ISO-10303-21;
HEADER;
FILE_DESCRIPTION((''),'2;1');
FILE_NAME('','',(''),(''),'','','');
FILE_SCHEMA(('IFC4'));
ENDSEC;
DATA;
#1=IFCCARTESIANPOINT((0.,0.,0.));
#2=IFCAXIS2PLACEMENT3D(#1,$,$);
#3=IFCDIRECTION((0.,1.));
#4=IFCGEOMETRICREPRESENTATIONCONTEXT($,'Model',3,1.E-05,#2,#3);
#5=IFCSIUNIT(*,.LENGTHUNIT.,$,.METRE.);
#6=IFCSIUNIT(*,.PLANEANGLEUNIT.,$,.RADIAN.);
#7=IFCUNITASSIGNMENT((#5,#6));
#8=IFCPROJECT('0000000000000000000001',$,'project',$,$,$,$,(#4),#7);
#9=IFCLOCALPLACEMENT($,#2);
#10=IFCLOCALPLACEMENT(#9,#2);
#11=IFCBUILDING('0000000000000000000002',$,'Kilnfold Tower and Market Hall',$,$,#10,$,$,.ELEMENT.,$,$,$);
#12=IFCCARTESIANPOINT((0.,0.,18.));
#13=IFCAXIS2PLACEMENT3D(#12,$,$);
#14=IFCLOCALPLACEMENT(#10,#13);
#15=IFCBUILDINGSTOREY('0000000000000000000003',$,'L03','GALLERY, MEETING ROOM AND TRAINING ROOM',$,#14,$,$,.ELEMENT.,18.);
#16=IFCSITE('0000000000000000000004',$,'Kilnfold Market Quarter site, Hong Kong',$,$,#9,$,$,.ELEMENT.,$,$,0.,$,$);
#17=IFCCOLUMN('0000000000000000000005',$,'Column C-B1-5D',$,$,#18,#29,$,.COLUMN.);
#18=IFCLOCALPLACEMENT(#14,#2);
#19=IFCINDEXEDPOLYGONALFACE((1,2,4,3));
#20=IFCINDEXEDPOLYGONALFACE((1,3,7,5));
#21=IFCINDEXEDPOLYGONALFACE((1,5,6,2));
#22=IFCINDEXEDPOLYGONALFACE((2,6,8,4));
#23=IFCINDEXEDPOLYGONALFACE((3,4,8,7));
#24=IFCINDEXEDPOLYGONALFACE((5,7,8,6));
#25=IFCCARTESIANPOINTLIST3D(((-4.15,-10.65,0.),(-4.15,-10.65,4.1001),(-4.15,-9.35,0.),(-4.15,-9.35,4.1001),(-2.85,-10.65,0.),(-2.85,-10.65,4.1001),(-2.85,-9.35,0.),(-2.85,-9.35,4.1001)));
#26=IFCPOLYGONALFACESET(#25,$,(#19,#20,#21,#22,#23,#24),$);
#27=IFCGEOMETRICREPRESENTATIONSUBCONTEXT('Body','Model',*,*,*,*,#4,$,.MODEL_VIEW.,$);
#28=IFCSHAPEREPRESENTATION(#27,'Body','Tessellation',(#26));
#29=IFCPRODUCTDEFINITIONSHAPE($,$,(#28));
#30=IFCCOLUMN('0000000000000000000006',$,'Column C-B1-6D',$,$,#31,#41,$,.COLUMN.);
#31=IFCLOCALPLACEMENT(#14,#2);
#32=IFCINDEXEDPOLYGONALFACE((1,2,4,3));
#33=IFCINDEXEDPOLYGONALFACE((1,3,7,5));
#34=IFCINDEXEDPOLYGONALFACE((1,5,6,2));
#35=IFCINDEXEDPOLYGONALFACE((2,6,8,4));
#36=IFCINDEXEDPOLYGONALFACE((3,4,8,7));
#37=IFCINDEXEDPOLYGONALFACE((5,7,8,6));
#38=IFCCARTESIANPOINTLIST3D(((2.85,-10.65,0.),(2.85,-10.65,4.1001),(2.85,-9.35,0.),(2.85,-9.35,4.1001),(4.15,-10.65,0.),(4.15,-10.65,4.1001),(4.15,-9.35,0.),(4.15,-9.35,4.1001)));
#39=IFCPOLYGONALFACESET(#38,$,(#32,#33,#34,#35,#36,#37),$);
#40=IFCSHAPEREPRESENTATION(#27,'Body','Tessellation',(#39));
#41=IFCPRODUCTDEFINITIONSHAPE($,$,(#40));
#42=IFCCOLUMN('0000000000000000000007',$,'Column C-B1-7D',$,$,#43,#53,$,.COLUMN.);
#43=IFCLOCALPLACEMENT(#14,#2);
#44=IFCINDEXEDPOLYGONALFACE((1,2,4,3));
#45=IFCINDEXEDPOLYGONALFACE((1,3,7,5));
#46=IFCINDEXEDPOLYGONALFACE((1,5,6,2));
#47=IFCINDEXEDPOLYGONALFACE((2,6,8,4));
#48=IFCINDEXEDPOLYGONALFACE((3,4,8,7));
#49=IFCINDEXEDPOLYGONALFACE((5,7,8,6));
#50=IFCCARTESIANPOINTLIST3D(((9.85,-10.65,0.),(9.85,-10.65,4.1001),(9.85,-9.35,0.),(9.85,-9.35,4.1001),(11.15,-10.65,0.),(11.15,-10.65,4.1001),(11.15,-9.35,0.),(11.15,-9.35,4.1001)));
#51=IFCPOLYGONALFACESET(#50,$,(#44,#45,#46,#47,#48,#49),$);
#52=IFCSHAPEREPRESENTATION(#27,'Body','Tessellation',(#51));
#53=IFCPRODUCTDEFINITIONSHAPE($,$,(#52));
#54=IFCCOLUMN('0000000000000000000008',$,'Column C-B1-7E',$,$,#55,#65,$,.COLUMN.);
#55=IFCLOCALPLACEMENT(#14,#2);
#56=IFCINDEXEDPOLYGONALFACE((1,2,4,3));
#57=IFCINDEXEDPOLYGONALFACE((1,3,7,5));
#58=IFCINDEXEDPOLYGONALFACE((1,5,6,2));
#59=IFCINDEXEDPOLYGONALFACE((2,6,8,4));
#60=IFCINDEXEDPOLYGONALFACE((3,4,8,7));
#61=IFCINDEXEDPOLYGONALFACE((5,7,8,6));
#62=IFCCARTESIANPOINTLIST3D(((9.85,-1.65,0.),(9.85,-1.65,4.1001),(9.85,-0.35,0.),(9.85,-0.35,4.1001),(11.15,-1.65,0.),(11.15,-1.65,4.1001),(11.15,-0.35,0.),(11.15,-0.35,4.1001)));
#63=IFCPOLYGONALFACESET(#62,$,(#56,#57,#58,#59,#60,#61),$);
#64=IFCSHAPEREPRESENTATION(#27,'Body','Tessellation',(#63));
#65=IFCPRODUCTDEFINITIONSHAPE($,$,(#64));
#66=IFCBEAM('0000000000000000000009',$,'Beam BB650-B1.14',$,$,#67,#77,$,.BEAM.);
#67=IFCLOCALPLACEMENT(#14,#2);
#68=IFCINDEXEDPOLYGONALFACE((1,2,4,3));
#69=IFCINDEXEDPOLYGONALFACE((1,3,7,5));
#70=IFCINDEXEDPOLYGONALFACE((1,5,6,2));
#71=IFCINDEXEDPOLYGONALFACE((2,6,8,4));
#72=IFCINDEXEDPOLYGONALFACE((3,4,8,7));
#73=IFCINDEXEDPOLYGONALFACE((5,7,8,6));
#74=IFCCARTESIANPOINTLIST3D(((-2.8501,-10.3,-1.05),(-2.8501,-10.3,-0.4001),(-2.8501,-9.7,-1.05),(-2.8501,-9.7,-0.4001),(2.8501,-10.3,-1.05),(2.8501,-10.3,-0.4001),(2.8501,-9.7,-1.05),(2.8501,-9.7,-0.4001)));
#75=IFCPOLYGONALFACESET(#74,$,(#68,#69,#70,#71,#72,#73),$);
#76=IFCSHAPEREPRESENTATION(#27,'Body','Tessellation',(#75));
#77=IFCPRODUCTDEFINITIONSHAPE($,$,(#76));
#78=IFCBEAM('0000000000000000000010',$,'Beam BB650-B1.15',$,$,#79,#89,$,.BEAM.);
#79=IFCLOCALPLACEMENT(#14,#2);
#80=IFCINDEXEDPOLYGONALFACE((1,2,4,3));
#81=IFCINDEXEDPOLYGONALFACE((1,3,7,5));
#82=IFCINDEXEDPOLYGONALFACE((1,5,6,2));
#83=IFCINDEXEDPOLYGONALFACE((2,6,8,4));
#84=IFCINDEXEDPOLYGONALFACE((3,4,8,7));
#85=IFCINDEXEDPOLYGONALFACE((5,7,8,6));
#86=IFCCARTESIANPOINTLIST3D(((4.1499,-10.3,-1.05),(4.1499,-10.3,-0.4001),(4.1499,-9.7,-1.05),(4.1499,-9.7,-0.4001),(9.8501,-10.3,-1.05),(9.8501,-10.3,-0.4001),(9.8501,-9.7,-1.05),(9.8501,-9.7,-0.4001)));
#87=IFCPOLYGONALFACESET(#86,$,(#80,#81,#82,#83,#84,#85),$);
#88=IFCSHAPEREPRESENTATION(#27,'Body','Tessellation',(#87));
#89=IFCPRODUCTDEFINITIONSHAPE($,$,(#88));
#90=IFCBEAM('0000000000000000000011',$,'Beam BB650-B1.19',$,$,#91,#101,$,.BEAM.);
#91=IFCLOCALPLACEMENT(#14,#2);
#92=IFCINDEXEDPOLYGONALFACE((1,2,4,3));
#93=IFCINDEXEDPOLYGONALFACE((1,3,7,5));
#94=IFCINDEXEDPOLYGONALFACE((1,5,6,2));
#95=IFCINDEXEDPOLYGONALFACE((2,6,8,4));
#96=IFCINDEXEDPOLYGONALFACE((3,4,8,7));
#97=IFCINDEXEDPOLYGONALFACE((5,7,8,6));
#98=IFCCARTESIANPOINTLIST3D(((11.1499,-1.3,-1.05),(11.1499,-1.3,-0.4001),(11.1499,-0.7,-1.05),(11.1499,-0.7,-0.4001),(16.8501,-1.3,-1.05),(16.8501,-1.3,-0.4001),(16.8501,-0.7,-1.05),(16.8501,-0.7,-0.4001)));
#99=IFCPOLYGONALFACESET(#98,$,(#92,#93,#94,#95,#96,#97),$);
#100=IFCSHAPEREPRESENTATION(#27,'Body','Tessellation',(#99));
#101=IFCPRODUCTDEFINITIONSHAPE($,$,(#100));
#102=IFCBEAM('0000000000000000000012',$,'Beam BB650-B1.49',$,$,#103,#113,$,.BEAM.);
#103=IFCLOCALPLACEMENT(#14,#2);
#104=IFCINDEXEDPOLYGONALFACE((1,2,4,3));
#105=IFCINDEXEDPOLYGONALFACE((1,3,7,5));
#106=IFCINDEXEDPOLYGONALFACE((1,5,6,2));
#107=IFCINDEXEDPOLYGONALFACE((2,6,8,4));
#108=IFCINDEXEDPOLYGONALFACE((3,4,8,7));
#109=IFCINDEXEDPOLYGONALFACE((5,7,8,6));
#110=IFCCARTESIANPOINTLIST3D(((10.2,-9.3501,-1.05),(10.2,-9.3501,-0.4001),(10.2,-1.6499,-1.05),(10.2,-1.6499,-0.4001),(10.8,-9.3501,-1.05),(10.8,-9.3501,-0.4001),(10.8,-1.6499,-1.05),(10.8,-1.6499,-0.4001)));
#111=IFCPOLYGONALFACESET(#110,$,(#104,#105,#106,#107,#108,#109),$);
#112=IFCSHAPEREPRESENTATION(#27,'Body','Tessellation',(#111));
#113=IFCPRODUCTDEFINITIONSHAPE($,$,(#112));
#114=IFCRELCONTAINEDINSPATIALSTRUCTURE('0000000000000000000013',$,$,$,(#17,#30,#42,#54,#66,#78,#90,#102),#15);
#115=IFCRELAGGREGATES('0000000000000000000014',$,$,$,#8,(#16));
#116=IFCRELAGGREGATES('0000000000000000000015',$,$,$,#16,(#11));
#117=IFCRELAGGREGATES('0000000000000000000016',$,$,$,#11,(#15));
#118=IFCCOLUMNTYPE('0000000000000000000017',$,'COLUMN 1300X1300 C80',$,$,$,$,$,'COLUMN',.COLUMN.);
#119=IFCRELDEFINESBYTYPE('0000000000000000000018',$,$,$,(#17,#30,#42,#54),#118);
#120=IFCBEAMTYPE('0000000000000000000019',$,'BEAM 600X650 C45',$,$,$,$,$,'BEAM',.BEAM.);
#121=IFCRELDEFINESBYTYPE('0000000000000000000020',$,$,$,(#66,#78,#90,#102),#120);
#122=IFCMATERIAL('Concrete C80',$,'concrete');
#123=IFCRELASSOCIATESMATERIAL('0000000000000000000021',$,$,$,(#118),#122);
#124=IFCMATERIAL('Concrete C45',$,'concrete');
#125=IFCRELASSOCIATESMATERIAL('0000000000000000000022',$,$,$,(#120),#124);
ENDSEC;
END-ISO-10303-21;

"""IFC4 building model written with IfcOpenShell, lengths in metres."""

from ifc_helpers import new_model, si_unit, direction, frame, origin, origin_2d, place, context, subcontext, project, spatial, rectangle, extrude, source, transform, mapped, material, material_profile, profile_set, type_object, element, save


model = new_model("IFC4")

# Units and contexts
model_context = context("Model", 3, precision=1e-05, world=origin(), true_north=direction((0.0, 1.0)))
body_context = subcontext(model_context, "Body", "Model", "MODEL_VIEW")
ifc_project = project(units=[si_unit("LENGTHUNIT", "METRE"), si_unit("PLANEANGLEUNIT", "RADIAN")], contexts=[model_context])

# Site, building, storey
site_placement = place(None, origin())
site = spatial("IfcSite", under=ifc_project, at=site_placement, Name="Kilnfold Market Quarter site, Hong Kong", CompositionType="ELEMENT", RefElevation=0.0)
building_placement = place(site_placement, origin())
building = spatial("IfcBuilding", under=site, at=building_placement, Name="Kilnfold Tower and Market Hall", CompositionType="ELEMENT")
storey_placement = place(building_placement, frame((0.0, 0.0, 18.0)))
storey = spatial("IfcBuildingStorey", under=building, at=storey_placement, Name="L03", Description="GALLERY, MEETING ROOM AND TRAINING ROOM", CompositionType="ELEMENT", Elevation=18.0)

# Columns
ifc_material_1 = material(Name="Concrete C80", Category="concrete")
ifc_material_profile_1 = material_profile(ifc_material_1, rectangle(XDim=1.3, YDim=1.3, at=origin_2d()), Name="RC 1300x1300")
ifc_profile_set_1 = profile_set([ifc_material_profile_1], Name="Concrete C80")
column_type = type_object("IfcColumnType", Name="COLUMN 1300X1300 C80", ElementType="COLUMN", PredefinedType="COLUMN", material=ifc_profile_set_1)
shared_shape_1 = source(origin(), body_context, "Body", "SweptSolid", [
    extrude(rectangle(XDim=1.3, YDim=1.3, at=origin_2d()), origin(), (0.0, 0.0, 1.0), 4.1001),
])
for number, where, z_axis, x_axis, name in (
    (1, (-3.5, -10.0, 0.0), (0.0, 0.0, 1.0), (1.0, 0.0, 0.0), "Column C-B1-5D"),
    (2, (3.5, -10.0, 0.0), (0.0, 0.0, 1.0), (1.0, 0.0, 0.0), "Column C-B1-6D"),
    (3, (10.5, -10.0, 0.0), (0.0, 0.0, 1.0), (1.0, 0.0, 0.0), "Column C-B1-7D"),
    (4, (10.5, -1.0, 0.0), (0.0, 0.0, 1.0), (1.0, 0.0, 0.0), "Column C-B1-7E"),
):
    element("IfcColumn", number, at=place(storey_placement, frame(where, z_axis=z_axis, x_axis=x_axis)), inside=storey, type_object=column_type, Name=name, PredefinedType="COLUMN", context=body_context, shape_type="MappedRepresentation", body=[
        mapped(shared_shape_1, transform((0.0, 0.0, 0.0))),
    ])

# Beams
ifc_material_2 = material(Name="Concrete C45", Category="concrete")
ifc_material_profile_2 = material_profile(ifc_material_2, rectangle(XDim=0.6001, YDim=0.6499, at=origin_2d()), Name="RC 600x650")
ifc_profile_set_2 = profile_set([ifc_material_profile_2], Name="Concrete C45")
beam_type = type_object("IfcBeamType", Name="BEAM 600X650 C45", ElementType="BEAM", PredefinedType="BEAM", material=ifc_profile_set_2)
shared_shape_2 = source(origin(), body_context, "Body", "SweptSolid", [
    extrude(rectangle(XDim=0.6001, YDim=0.6499, at=origin_2d()), origin(), (0.0, 0.0, 1.0), 5.7002),
])
for number, where, z_axis, x_axis, name in (
    (5, (-2.8501, -10.0, -0.7251), (1.0, 0.0, 0.0), (0.0, 1.0, 0.0), "Beam BB650-B1.14"),
    (6, (4.1499, -10.0, -0.7251), (1.0, 0.0, 0.0), (0.0, 1.0, 0.0), "Beam BB650-B1.15"),
    (7, (11.1499, -1.0, -0.7251), (1.0, 0.0, 0.0), (0.0, 1.0, 0.0), "Beam BB650-B1.19"),
):
    element("IfcBeam", number, at=place(storey_placement, frame(where, z_axis=z_axis, x_axis=x_axis)), inside=storey, type_object=beam_type, Name=name, PredefinedType="BEAM", context=body_context, shape_type="MappedRepresentation", body=[
        mapped(shared_shape_2, transform((0.0, 0.0, 0.0))),
    ])
shared_shape_3 = source(origin(), body_context, "Body", "SweptSolid", [
    extrude(rectangle(XDim=0.6001, YDim=0.6499, at=origin_2d()), origin(), (0.0, 0.0, 1.0), 7.7002),
])
beam_placement = place(storey_placement, frame((10.5, -9.3501, -0.7251), z_axis=(0.0, 1.0, 0.0), x_axis=(-1.0, 0.0, 0.0)))
element("IfcBeam", 8, at=beam_placement, inside=storey, type_object=beam_type, Name="Beam BB650-B1.49", PredefinedType="BEAM", context=body_context, shape_type="MappedRepresentation", body=[
    mapped(shared_shape_3, transform((0.0, 0.0, 0.0))),
])

save(model, "model.ifc")
